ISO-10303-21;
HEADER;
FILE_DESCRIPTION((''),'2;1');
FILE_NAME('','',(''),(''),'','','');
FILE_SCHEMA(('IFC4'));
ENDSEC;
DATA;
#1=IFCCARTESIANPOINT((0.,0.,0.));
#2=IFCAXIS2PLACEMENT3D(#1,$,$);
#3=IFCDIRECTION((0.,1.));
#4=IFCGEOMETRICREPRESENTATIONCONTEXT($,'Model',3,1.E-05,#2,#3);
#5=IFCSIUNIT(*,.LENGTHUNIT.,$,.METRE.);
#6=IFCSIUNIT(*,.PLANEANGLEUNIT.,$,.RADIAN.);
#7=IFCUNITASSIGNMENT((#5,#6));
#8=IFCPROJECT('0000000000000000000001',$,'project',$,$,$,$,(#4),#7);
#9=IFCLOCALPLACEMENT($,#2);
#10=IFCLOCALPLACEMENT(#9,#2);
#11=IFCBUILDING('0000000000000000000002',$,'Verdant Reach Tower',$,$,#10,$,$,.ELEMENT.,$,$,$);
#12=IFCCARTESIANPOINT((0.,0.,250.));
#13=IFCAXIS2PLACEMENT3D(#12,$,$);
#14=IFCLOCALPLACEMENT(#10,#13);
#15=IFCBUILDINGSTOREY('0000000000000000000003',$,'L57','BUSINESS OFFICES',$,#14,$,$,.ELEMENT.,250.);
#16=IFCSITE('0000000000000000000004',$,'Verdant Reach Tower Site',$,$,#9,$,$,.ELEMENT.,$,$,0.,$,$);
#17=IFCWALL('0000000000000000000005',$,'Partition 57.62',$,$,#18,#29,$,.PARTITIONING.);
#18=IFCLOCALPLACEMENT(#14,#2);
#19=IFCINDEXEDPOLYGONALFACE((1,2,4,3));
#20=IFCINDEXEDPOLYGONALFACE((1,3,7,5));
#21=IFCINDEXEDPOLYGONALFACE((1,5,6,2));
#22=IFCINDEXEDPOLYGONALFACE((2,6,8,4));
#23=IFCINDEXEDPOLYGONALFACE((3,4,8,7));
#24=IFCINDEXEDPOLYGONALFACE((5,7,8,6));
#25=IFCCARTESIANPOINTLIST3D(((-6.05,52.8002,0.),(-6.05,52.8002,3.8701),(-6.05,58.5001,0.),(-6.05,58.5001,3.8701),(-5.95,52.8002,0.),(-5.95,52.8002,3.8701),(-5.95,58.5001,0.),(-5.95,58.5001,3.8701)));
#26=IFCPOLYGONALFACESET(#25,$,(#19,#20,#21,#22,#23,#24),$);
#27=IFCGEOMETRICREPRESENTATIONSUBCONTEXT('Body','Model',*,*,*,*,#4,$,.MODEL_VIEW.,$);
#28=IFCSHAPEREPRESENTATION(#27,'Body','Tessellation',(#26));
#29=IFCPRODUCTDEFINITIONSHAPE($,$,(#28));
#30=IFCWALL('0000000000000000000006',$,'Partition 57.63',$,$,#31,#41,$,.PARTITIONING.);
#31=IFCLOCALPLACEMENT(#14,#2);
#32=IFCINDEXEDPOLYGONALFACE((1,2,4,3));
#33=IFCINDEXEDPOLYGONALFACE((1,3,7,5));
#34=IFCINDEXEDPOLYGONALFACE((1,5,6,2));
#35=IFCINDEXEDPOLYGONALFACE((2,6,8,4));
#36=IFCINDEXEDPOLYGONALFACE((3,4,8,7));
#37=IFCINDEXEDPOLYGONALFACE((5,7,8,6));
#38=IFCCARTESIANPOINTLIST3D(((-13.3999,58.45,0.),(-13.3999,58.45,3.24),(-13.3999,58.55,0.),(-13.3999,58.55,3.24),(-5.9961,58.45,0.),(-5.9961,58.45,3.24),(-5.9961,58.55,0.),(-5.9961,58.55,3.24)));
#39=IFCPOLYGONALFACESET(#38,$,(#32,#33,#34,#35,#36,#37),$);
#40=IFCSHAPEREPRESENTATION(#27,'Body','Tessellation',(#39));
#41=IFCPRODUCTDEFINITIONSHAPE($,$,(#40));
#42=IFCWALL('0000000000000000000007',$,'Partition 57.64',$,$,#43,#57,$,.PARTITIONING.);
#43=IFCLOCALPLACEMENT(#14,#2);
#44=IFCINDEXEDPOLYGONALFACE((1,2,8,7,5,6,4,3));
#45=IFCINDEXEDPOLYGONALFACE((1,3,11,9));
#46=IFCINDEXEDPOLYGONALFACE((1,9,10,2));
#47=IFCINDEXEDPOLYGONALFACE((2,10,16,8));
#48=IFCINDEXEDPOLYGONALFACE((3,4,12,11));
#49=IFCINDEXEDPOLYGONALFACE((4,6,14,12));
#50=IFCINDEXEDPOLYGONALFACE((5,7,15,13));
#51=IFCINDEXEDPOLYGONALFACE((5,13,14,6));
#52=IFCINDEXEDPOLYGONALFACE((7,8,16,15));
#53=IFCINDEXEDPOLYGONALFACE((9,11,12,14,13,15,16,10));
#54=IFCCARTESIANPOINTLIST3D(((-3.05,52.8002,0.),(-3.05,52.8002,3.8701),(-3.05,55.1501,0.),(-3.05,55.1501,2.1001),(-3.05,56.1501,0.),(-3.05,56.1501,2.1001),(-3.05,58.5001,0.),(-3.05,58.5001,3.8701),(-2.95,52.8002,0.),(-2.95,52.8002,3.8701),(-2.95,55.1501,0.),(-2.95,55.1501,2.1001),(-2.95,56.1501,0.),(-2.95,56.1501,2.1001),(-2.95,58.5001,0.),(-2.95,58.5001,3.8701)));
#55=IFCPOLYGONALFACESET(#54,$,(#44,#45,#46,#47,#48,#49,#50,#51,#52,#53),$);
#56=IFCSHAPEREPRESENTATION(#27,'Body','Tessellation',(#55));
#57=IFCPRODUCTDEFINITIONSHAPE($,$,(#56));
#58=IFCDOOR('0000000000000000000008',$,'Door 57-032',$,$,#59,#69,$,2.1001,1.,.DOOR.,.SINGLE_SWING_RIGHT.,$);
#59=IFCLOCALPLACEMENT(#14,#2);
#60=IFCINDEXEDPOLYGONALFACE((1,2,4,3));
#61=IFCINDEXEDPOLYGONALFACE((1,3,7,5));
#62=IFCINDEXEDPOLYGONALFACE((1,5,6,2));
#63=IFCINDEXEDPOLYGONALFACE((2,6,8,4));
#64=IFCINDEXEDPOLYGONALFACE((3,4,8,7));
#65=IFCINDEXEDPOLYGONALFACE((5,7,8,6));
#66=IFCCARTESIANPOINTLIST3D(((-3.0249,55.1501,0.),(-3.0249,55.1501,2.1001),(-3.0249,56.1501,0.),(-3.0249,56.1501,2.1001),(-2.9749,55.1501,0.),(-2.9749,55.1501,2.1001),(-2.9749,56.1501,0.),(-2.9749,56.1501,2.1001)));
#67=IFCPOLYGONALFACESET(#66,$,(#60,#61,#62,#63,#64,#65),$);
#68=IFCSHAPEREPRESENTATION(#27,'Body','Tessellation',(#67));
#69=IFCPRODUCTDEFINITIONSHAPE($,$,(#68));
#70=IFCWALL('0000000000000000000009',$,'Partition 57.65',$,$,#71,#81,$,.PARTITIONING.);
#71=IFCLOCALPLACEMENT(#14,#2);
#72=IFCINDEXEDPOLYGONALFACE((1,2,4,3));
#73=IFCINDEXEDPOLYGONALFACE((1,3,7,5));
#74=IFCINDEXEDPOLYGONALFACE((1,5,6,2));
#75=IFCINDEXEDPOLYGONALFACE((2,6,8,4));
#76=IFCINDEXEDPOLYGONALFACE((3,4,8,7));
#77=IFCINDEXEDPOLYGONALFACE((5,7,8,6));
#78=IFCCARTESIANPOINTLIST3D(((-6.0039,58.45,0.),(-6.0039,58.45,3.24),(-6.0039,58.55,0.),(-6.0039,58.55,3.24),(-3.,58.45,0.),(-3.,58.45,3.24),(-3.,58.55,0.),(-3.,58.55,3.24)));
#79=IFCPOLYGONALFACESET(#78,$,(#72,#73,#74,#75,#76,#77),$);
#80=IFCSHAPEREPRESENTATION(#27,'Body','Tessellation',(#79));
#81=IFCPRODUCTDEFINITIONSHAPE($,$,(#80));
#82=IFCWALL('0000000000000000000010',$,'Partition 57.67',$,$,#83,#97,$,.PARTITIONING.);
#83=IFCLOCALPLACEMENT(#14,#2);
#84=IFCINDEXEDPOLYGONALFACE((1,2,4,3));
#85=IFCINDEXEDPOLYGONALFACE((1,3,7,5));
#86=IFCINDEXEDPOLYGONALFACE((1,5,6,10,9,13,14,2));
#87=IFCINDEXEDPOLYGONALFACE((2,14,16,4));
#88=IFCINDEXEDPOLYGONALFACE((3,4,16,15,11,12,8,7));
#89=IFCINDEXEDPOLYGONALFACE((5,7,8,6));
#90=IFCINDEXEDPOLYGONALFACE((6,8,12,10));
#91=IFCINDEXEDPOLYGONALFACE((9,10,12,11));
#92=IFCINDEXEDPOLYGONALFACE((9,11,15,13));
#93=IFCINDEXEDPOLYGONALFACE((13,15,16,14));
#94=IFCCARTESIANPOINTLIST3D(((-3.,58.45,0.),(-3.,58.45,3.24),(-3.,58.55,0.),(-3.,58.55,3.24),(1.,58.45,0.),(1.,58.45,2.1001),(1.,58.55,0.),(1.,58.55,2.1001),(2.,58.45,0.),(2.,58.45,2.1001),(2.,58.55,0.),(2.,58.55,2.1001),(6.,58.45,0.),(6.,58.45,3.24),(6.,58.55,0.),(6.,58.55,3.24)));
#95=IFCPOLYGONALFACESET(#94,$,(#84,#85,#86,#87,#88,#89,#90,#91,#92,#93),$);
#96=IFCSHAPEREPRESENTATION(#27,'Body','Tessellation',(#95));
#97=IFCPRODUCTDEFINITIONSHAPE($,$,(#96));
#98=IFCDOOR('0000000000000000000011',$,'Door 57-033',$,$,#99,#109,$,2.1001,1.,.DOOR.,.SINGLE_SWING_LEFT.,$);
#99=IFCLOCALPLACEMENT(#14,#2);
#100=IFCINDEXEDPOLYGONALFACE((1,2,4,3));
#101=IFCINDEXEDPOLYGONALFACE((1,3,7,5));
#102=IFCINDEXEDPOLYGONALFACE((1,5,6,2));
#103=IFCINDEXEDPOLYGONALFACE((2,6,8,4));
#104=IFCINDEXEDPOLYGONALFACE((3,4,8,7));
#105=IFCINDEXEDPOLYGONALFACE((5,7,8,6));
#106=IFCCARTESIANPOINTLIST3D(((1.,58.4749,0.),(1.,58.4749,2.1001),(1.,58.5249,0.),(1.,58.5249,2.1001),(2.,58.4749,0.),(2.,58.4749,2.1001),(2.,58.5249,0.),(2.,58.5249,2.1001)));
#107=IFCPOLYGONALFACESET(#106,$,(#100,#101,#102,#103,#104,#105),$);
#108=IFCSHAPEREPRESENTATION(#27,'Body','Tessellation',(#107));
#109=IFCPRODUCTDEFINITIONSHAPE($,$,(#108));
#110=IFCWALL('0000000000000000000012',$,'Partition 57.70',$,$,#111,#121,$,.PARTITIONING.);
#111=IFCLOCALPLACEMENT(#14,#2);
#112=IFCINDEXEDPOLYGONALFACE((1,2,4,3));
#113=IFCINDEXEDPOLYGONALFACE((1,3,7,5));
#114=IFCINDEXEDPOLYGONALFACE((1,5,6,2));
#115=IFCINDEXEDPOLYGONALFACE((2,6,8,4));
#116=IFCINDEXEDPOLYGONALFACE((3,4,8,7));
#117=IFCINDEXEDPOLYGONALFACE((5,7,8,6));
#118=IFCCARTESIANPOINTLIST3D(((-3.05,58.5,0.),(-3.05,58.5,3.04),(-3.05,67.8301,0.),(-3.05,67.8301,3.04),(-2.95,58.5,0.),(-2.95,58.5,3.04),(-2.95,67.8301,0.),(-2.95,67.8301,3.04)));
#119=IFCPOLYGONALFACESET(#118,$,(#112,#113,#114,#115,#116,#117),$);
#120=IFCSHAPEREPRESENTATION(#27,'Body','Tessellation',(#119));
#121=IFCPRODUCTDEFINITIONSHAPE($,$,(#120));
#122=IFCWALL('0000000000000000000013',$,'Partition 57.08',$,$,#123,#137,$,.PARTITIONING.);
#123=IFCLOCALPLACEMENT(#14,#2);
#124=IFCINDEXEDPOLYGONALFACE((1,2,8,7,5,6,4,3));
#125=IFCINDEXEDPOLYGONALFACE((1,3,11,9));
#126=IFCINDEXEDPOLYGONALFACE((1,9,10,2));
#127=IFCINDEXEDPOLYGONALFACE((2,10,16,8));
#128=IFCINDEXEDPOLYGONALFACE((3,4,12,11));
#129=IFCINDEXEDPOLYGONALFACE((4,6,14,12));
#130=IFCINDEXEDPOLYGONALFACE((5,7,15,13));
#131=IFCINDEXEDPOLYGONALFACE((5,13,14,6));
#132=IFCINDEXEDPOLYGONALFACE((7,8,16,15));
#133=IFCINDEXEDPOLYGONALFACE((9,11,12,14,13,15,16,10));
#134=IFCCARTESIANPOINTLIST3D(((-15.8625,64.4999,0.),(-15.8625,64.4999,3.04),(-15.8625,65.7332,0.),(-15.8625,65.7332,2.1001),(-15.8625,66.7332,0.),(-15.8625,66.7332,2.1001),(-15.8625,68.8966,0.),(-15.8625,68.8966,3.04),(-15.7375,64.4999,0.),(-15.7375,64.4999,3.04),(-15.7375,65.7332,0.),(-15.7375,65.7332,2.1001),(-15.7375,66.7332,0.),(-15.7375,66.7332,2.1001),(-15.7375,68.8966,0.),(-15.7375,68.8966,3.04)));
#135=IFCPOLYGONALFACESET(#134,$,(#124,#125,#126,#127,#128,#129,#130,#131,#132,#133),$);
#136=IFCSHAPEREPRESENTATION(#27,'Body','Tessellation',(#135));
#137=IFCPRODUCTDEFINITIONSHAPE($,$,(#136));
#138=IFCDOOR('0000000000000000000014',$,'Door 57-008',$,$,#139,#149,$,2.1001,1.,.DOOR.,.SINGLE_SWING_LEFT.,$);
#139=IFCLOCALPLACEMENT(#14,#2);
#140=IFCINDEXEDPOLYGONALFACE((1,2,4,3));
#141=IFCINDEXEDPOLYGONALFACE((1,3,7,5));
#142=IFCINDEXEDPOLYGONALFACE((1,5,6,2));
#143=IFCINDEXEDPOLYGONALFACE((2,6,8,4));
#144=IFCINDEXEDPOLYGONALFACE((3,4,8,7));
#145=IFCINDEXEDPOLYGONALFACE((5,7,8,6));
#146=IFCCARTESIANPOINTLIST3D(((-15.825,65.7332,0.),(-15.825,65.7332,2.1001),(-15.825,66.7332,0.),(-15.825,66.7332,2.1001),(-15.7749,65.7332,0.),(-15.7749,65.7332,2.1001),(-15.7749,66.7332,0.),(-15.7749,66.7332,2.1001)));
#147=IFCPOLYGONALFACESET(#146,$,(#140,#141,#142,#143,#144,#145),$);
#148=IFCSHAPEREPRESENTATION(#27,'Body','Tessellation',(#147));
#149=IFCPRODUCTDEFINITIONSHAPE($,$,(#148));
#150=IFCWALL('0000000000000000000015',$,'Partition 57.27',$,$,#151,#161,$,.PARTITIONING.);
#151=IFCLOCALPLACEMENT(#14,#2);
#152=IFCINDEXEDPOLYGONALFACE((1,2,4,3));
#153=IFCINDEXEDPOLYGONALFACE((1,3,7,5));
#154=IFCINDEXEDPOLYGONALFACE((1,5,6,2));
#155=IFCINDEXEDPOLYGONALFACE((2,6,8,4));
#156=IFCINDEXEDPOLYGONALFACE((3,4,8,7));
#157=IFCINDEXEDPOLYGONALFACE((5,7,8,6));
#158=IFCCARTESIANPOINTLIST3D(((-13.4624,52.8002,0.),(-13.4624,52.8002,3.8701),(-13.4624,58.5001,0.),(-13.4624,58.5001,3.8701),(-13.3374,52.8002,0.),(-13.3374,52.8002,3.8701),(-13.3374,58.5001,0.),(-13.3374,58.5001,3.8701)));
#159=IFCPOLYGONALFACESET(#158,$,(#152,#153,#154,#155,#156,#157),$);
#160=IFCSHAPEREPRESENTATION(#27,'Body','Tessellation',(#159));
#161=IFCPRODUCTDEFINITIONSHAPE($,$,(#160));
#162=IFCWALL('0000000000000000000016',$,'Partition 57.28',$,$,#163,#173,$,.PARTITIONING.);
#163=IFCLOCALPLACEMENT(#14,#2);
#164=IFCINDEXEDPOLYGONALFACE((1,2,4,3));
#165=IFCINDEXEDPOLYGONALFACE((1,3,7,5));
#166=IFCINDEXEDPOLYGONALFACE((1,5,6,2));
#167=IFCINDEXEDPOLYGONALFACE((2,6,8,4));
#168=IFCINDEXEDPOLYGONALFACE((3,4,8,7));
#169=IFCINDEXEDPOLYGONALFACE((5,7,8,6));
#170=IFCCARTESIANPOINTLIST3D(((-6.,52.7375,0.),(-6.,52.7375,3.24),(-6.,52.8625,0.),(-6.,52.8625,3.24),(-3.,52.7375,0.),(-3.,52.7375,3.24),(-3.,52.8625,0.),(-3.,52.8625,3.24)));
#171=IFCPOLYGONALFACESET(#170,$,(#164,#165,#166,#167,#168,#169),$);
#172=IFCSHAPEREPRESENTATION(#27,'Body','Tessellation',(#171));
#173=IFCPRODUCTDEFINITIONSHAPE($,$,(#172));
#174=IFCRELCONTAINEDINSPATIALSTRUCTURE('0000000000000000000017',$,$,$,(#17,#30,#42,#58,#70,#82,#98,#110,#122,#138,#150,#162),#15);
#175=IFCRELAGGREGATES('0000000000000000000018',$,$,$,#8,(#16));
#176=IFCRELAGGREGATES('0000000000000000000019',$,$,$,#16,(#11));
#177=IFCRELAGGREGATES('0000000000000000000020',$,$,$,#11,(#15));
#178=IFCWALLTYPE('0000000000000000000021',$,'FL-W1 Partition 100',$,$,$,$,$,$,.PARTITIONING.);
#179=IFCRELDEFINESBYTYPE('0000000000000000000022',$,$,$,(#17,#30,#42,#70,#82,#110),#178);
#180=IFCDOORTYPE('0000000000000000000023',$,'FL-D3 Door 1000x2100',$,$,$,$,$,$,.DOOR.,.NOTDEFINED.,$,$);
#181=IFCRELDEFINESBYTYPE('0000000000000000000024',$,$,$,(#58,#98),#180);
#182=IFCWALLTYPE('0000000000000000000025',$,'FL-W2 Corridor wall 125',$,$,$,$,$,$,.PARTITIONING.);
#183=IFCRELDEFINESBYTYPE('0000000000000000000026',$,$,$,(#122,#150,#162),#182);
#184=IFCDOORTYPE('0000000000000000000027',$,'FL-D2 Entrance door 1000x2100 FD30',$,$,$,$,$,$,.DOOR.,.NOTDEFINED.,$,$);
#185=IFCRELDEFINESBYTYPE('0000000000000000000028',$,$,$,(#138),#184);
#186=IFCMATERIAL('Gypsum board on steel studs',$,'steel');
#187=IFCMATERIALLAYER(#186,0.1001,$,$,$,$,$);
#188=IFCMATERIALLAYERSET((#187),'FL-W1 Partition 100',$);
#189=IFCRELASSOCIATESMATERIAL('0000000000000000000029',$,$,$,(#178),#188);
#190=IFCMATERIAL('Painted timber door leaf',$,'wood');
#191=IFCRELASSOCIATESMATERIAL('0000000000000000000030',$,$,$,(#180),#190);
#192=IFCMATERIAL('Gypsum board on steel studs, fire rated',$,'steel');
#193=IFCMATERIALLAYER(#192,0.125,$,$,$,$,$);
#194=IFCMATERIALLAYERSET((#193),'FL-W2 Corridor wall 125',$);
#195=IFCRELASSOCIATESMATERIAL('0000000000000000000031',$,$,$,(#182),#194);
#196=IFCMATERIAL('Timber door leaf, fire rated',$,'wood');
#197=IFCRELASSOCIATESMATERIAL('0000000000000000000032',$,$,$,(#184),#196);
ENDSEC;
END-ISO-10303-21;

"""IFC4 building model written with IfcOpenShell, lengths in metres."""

from ifc_helpers import new_model, si_unit, direction, frame, frame_2d, origin, place, context, subcontext, project, spatial, rectangle, extrude, material, layer, layer_set, type_object, element, fill, save


model = new_model("IFC4")

# Units and contexts
model_context = context("Model", 3, precision=1e-05, world=origin(), true_north=direction((0.0, 1.0)))
body_context = subcontext(model_context, "Body", "Model", "MODEL_VIEW")
ifc_project = project(units=[si_unit("LENGTHUNIT", "METRE"), si_unit("PLANEANGLEUNIT", "RADIAN")], contexts=[model_context])

# Site, building, storey
site_placement = place(None, origin())
site = spatial("IfcSite", under=ifc_project, at=site_placement, Name="Verdant Reach Tower Site", CompositionType="ELEMENT", RefElevation=0.0)
building_placement = place(site_placement, origin())
building = spatial("IfcBuilding", under=site, at=building_placement, Name="Verdant Reach Tower", CompositionType="ELEMENT")
storey_placement = place(building_placement, frame((0.0, 0.0, 250.0)))
storey = spatial("IfcBuildingStorey", under=building, at=storey_placement, Name="L57", Description="BUSINESS OFFICES", CompositionType="ELEMENT", Elevation=250.0)

# Walls
ifc_material_1 = material(Name="Gypsum board on steel studs", Category="steel")
ifc_layer_1 = layer(ifc_material_1, 0.1001)
ifc_layer_set_1 = layer_set([ifc_layer_1], Name="FL-W1 Partition 100")
wall_type_1 = type_object("IfcWallType", Name="FL-W1 Partition 100", PredefinedType="PARTITIONING", material=ifc_layer_set_1)
wall_1_placement = place(storey_placement, frame((-6.0, 52.8, 0.0), z_axis=(0.0, 0.0, 1.0), x_axis=(0.0, 1.0, 0.0)))
element("IfcWall", 1, at=wall_1_placement, inside=storey, type_object=wall_type_1, Name="Partition 57.62", PredefinedType="PARTITIONING", context=body_context, shape_type="SweptSolid", body=[
    extrude(rectangle(XDim=5.7, YDim=0.1001, at=frame_2d((2.8501, 0.0))), origin(), (0.0, 0.0, 1.0), 3.8701),
])
wall_2_placement = place(storey_placement, frame((-5.9961, 58.5, 0.0), z_axis=(0.0, 0.0, 1.0), x_axis=(-1.0, 0.0, 0.0)))
element("IfcWall", 2, at=wall_2_placement, inside=storey, type_object=wall_type_1, Name="Partition 57.63", PredefinedType="PARTITIONING", context=body_context, shape_type="SweptSolid", body=[
    extrude(rectangle(XDim=7.4038, YDim=0.1001, at=frame_2d((3.7019, 0.0))), origin(), (0.0, 0.0, 1.0), 3.24),
])

# Wall, opening, door
wall_3_placement = place(storey_placement, frame((-3.0, 52.8, 0.0), z_axis=(0.0, 0.0, 1.0), x_axis=(0.0, 1.0, 0.0)))
wall_3 = element("IfcWall", 3, at=wall_3_placement, inside=storey, type_object=wall_type_1, Name="Partition 57.64", PredefinedType="PARTITIONING", context=body_context, shape_type="SweptSolid", body=[
    extrude(rectangle(XDim=5.7, YDim=0.1001, at=frame_2d((2.8501, 0.0))), origin(), (0.0, 0.0, 1.0), 3.8701),
])
opening_1_placement = place(wall_3_placement, frame((2.3501, 0.0, 0.0)))
opening_1 = element("IfcOpeningElement", 4, at=opening_1_placement, cuts=wall_3, PredefinedType="OPENING", context=body_context, shape_type="SweptSolid", body=[
    extrude(rectangle(XDim=1.0, YDim=2.1001, at=frame_2d((0.5, 1.05))), frame((0.0, 0.0601, 0.0), z_axis=(0.0, -1.0, 0.0), x_axis=(1.0, 0.0, 0.0)), (0.0, 0.0, 1.0), 0.1201),
])
ifc_material_2 = material(Name="Painted timber door leaf", Category="wood")
door_type_1 = type_object("IfcDoorType", Name="FL-D3 Door 1000x2100", OperationType="NOTDEFINED", PredefinedType="DOOR", material=ifc_material_2)
door_1_placement = place(opening_1_placement, origin())
door_1 = element("IfcDoor", 5, at=door_1_placement, inside=storey, type_object=door_type_1, Name="Door 57-032", OperationType="SINGLE_SWING_RIGHT", OverallHeight=2.1001, OverallWidth=1.0, PredefinedType="DOOR", context=body_context, shape_type="SweptSolid", body=[
    extrude(rectangle(XDim=1.0, YDim=2.1001, at=frame_2d((0.5, 1.05))), frame((0.0, 0.0249, 0.0), z_axis=(0.0, -1.0, 0.0), x_axis=(1.0, 0.0, 0.0)), (0.0, 0.0, 1.0), 0.05),
])
fill(opening_1, door_1)

# Wall
wall_4_placement = place(storey_placement, frame((-3.0, 58.5, 0.0), z_axis=(0.0, 0.0, 1.0), x_axis=(-1.0, 0.0, 0.0)))
element("IfcWall", 6, at=wall_4_placement, inside=storey, type_object=wall_type_1, Name="Partition 57.65", PredefinedType="PARTITIONING", context=body_context, shape_type="SweptSolid", body=[
    extrude(rectangle(XDim=3.0039, YDim=0.1001, at=frame_2d((1.502, 0.0))), origin(), (0.0, 0.0, 1.0), 3.24),
])

# Wall, opening, door
wall_5_placement = place(storey_placement, frame((-3.0, 58.5, 0.0), z_axis=(0.0, 0.0, 1.0), x_axis=(1.0, 0.0, 0.0)))
wall_5 = element("IfcWall", 7, at=wall_5_placement, inside=storey, type_object=wall_type_1, Name="Partition 57.67", PredefinedType="PARTITIONING", context=body_context, shape_type="SweptSolid", body=[
    extrude(rectangle(XDim=9.0, YDim=0.1001, at=frame_2d((4.5, 0.0))), origin(), (0.0, 0.0, 1.0), 3.24),
])
opening_2_placement = place(wall_5_placement, frame((4.0, 0.0, 0.0)))
opening_2 = element("IfcOpeningElement", 8, at=opening_2_placement, cuts=wall_5, PredefinedType="OPENING", context=body_context, shape_type="SweptSolid", body=[
    extrude(rectangle(XDim=1.0, YDim=2.1001, at=frame_2d((0.5, 1.05))), frame((0.0, 0.0601, 0.0), z_axis=(0.0, -1.0, 0.0), x_axis=(1.0, 0.0, 0.0)), (0.0, 0.0, 1.0), 0.1201),
])
door_2_placement = place(opening_2_placement, origin())
door_2 = element("IfcDoor", 9, at=door_2_placement, inside=storey, type_object=door_type_1, Name="Door 57-033", OperationType="SINGLE_SWING_LEFT", OverallHeight=2.1001, OverallWidth=1.0, PredefinedType="DOOR", context=body_context, shape_type="SweptSolid", body=[
    extrude(rectangle(XDim=1.0, YDim=2.1001, at=frame_2d((0.5, 1.05))), frame((0.0, 0.0249, 0.0), z_axis=(0.0, -1.0, 0.0), x_axis=(1.0, 0.0, 0.0)), (0.0, 0.0, 1.0), 0.05),
])
fill(opening_2, door_2)

# Wall
wall_6_placement = place(storey_placement, frame((-3.0, 58.5, 0.0), z_axis=(0.0, 0.0, 1.0), x_axis=(0.0, 1.0, 0.0)))
element("IfcWall", 10, at=wall_6_placement, inside=storey, type_object=wall_type_1, Name="Partition 57.70", PredefinedType="PARTITIONING", context=body_context, shape_type="SweptSolid", body=[
    extrude(rectangle(XDim=9.3301, YDim=0.1001, at=frame_2d((4.665, 0.0))), origin(), (0.0, 0.0, 1.0), 3.04),
])

# Wall, opening, door
ifc_material_3 = material(Name="Gypsum board on steel studs, fire rated", Category="steel")
ifc_layer_2 = layer(ifc_material_3, 0.125)
ifc_layer_set_2 = layer_set([ifc_layer_2], Name="FL-W2 Corridor wall 125")
wall_type_2 = type_object("IfcWallType", Name="FL-W2 Corridor wall 125", PredefinedType="PARTITIONING", material=ifc_layer_set_2)
wall_7_placement = place(storey_placement, frame((-15.8, 64.5, 0.0), z_axis=(0.0, 0.0, 1.0), x_axis=(0.0, 1.0, 0.0)))
wall_7 = element("IfcWall", 11, at=wall_7_placement, inside=storey, type_object=wall_type_2, Name="Partition 57.08", PredefinedType="PARTITIONING", context=body_context, shape_type="SweptSolid", body=[
    extrude(rectangle(XDim=4.3967, YDim=0.125, at=frame_2d((2.1982, 0.0))), origin(), (0.0, 0.0, 1.0), 3.04),
])
opening_3_placement = place(wall_7_placement, frame((1.2332, 0.0, 0.0)))
opening_3 = element("IfcOpeningElement", 12, at=opening_3_placement, cuts=wall_7, PredefinedType="OPENING", context=body_context, shape_type="SweptSolid", body=[
    extrude(rectangle(XDim=1.0, YDim=2.1001, at=frame_2d((0.5, 1.05))), frame((0.0, 0.0725, 0.0), z_axis=(0.0, -1.0, 0.0), x_axis=(1.0, 0.0, 0.0)), (0.0, 0.0, 1.0), 0.145),
])
ifc_material_4 = material(Name="Timber door leaf, fire rated", Category="wood")
door_type_2 = type_object("IfcDoorType", Name="FL-D2 Entrance door 1000x2100 FD30", OperationType="NOTDEFINED", PredefinedType="DOOR", material=ifc_material_4)
door_3_placement = place(opening_3_placement, origin())
door_3 = element("IfcDoor", 13, at=door_3_placement, inside=storey, type_object=door_type_2, Name="Door 57-008", OperationType="SINGLE_SWING_LEFT", OverallHeight=2.1001, OverallWidth=1.0, PredefinedType="DOOR", context=body_context, shape_type="SweptSolid", body=[
    extrude(rectangle(XDim=1.0, YDim=2.1001, at=frame_2d((0.5, 1.05))), frame((0.0, 0.0249, 0.0), z_axis=(0.0, -1.0, 0.0), x_axis=(1.0, 0.0, 0.0)), (0.0, 0.0, 1.0), 0.05),
])
fill(opening_3, door_3)

# Walls
wall_8_placement = place(storey_placement, frame((-13.3999, 52.8, 0.0), z_axis=(0.0, 0.0, 1.0), x_axis=(0.0, 1.0, 0.0)))
element("IfcWall", 14, at=wall_8_placement, inside=storey, type_object=wall_type_2, Name="Partition 57.27", PredefinedType="PARTITIONING", context=body_context, shape_type="SweptSolid", body=[
    extrude(rectangle(XDim=5.7, YDim=0.125, at=frame_2d((2.8501, 0.0))), origin(), (0.0, 0.0, 1.0), 3.8701),
])
wall_9_placement = place(storey_placement, frame((-3.0, 52.8, 0.0), z_axis=(0.0, 0.0, 1.0), x_axis=(-1.0, 0.0, 0.0)))
element("IfcWall", 15, at=wall_9_placement, inside=storey, type_object=wall_type_2, Name="Partition 57.28", PredefinedType="PARTITIONING", context=body_context, shape_type="SweptSolid", body=[
    extrude(rectangle(XDim=3.0, YDim=0.125, at=frame_2d((1.5, 0.0))), origin(), (0.0, 0.0, 1.0), 3.24),
])

save(model, "model.ifc")
